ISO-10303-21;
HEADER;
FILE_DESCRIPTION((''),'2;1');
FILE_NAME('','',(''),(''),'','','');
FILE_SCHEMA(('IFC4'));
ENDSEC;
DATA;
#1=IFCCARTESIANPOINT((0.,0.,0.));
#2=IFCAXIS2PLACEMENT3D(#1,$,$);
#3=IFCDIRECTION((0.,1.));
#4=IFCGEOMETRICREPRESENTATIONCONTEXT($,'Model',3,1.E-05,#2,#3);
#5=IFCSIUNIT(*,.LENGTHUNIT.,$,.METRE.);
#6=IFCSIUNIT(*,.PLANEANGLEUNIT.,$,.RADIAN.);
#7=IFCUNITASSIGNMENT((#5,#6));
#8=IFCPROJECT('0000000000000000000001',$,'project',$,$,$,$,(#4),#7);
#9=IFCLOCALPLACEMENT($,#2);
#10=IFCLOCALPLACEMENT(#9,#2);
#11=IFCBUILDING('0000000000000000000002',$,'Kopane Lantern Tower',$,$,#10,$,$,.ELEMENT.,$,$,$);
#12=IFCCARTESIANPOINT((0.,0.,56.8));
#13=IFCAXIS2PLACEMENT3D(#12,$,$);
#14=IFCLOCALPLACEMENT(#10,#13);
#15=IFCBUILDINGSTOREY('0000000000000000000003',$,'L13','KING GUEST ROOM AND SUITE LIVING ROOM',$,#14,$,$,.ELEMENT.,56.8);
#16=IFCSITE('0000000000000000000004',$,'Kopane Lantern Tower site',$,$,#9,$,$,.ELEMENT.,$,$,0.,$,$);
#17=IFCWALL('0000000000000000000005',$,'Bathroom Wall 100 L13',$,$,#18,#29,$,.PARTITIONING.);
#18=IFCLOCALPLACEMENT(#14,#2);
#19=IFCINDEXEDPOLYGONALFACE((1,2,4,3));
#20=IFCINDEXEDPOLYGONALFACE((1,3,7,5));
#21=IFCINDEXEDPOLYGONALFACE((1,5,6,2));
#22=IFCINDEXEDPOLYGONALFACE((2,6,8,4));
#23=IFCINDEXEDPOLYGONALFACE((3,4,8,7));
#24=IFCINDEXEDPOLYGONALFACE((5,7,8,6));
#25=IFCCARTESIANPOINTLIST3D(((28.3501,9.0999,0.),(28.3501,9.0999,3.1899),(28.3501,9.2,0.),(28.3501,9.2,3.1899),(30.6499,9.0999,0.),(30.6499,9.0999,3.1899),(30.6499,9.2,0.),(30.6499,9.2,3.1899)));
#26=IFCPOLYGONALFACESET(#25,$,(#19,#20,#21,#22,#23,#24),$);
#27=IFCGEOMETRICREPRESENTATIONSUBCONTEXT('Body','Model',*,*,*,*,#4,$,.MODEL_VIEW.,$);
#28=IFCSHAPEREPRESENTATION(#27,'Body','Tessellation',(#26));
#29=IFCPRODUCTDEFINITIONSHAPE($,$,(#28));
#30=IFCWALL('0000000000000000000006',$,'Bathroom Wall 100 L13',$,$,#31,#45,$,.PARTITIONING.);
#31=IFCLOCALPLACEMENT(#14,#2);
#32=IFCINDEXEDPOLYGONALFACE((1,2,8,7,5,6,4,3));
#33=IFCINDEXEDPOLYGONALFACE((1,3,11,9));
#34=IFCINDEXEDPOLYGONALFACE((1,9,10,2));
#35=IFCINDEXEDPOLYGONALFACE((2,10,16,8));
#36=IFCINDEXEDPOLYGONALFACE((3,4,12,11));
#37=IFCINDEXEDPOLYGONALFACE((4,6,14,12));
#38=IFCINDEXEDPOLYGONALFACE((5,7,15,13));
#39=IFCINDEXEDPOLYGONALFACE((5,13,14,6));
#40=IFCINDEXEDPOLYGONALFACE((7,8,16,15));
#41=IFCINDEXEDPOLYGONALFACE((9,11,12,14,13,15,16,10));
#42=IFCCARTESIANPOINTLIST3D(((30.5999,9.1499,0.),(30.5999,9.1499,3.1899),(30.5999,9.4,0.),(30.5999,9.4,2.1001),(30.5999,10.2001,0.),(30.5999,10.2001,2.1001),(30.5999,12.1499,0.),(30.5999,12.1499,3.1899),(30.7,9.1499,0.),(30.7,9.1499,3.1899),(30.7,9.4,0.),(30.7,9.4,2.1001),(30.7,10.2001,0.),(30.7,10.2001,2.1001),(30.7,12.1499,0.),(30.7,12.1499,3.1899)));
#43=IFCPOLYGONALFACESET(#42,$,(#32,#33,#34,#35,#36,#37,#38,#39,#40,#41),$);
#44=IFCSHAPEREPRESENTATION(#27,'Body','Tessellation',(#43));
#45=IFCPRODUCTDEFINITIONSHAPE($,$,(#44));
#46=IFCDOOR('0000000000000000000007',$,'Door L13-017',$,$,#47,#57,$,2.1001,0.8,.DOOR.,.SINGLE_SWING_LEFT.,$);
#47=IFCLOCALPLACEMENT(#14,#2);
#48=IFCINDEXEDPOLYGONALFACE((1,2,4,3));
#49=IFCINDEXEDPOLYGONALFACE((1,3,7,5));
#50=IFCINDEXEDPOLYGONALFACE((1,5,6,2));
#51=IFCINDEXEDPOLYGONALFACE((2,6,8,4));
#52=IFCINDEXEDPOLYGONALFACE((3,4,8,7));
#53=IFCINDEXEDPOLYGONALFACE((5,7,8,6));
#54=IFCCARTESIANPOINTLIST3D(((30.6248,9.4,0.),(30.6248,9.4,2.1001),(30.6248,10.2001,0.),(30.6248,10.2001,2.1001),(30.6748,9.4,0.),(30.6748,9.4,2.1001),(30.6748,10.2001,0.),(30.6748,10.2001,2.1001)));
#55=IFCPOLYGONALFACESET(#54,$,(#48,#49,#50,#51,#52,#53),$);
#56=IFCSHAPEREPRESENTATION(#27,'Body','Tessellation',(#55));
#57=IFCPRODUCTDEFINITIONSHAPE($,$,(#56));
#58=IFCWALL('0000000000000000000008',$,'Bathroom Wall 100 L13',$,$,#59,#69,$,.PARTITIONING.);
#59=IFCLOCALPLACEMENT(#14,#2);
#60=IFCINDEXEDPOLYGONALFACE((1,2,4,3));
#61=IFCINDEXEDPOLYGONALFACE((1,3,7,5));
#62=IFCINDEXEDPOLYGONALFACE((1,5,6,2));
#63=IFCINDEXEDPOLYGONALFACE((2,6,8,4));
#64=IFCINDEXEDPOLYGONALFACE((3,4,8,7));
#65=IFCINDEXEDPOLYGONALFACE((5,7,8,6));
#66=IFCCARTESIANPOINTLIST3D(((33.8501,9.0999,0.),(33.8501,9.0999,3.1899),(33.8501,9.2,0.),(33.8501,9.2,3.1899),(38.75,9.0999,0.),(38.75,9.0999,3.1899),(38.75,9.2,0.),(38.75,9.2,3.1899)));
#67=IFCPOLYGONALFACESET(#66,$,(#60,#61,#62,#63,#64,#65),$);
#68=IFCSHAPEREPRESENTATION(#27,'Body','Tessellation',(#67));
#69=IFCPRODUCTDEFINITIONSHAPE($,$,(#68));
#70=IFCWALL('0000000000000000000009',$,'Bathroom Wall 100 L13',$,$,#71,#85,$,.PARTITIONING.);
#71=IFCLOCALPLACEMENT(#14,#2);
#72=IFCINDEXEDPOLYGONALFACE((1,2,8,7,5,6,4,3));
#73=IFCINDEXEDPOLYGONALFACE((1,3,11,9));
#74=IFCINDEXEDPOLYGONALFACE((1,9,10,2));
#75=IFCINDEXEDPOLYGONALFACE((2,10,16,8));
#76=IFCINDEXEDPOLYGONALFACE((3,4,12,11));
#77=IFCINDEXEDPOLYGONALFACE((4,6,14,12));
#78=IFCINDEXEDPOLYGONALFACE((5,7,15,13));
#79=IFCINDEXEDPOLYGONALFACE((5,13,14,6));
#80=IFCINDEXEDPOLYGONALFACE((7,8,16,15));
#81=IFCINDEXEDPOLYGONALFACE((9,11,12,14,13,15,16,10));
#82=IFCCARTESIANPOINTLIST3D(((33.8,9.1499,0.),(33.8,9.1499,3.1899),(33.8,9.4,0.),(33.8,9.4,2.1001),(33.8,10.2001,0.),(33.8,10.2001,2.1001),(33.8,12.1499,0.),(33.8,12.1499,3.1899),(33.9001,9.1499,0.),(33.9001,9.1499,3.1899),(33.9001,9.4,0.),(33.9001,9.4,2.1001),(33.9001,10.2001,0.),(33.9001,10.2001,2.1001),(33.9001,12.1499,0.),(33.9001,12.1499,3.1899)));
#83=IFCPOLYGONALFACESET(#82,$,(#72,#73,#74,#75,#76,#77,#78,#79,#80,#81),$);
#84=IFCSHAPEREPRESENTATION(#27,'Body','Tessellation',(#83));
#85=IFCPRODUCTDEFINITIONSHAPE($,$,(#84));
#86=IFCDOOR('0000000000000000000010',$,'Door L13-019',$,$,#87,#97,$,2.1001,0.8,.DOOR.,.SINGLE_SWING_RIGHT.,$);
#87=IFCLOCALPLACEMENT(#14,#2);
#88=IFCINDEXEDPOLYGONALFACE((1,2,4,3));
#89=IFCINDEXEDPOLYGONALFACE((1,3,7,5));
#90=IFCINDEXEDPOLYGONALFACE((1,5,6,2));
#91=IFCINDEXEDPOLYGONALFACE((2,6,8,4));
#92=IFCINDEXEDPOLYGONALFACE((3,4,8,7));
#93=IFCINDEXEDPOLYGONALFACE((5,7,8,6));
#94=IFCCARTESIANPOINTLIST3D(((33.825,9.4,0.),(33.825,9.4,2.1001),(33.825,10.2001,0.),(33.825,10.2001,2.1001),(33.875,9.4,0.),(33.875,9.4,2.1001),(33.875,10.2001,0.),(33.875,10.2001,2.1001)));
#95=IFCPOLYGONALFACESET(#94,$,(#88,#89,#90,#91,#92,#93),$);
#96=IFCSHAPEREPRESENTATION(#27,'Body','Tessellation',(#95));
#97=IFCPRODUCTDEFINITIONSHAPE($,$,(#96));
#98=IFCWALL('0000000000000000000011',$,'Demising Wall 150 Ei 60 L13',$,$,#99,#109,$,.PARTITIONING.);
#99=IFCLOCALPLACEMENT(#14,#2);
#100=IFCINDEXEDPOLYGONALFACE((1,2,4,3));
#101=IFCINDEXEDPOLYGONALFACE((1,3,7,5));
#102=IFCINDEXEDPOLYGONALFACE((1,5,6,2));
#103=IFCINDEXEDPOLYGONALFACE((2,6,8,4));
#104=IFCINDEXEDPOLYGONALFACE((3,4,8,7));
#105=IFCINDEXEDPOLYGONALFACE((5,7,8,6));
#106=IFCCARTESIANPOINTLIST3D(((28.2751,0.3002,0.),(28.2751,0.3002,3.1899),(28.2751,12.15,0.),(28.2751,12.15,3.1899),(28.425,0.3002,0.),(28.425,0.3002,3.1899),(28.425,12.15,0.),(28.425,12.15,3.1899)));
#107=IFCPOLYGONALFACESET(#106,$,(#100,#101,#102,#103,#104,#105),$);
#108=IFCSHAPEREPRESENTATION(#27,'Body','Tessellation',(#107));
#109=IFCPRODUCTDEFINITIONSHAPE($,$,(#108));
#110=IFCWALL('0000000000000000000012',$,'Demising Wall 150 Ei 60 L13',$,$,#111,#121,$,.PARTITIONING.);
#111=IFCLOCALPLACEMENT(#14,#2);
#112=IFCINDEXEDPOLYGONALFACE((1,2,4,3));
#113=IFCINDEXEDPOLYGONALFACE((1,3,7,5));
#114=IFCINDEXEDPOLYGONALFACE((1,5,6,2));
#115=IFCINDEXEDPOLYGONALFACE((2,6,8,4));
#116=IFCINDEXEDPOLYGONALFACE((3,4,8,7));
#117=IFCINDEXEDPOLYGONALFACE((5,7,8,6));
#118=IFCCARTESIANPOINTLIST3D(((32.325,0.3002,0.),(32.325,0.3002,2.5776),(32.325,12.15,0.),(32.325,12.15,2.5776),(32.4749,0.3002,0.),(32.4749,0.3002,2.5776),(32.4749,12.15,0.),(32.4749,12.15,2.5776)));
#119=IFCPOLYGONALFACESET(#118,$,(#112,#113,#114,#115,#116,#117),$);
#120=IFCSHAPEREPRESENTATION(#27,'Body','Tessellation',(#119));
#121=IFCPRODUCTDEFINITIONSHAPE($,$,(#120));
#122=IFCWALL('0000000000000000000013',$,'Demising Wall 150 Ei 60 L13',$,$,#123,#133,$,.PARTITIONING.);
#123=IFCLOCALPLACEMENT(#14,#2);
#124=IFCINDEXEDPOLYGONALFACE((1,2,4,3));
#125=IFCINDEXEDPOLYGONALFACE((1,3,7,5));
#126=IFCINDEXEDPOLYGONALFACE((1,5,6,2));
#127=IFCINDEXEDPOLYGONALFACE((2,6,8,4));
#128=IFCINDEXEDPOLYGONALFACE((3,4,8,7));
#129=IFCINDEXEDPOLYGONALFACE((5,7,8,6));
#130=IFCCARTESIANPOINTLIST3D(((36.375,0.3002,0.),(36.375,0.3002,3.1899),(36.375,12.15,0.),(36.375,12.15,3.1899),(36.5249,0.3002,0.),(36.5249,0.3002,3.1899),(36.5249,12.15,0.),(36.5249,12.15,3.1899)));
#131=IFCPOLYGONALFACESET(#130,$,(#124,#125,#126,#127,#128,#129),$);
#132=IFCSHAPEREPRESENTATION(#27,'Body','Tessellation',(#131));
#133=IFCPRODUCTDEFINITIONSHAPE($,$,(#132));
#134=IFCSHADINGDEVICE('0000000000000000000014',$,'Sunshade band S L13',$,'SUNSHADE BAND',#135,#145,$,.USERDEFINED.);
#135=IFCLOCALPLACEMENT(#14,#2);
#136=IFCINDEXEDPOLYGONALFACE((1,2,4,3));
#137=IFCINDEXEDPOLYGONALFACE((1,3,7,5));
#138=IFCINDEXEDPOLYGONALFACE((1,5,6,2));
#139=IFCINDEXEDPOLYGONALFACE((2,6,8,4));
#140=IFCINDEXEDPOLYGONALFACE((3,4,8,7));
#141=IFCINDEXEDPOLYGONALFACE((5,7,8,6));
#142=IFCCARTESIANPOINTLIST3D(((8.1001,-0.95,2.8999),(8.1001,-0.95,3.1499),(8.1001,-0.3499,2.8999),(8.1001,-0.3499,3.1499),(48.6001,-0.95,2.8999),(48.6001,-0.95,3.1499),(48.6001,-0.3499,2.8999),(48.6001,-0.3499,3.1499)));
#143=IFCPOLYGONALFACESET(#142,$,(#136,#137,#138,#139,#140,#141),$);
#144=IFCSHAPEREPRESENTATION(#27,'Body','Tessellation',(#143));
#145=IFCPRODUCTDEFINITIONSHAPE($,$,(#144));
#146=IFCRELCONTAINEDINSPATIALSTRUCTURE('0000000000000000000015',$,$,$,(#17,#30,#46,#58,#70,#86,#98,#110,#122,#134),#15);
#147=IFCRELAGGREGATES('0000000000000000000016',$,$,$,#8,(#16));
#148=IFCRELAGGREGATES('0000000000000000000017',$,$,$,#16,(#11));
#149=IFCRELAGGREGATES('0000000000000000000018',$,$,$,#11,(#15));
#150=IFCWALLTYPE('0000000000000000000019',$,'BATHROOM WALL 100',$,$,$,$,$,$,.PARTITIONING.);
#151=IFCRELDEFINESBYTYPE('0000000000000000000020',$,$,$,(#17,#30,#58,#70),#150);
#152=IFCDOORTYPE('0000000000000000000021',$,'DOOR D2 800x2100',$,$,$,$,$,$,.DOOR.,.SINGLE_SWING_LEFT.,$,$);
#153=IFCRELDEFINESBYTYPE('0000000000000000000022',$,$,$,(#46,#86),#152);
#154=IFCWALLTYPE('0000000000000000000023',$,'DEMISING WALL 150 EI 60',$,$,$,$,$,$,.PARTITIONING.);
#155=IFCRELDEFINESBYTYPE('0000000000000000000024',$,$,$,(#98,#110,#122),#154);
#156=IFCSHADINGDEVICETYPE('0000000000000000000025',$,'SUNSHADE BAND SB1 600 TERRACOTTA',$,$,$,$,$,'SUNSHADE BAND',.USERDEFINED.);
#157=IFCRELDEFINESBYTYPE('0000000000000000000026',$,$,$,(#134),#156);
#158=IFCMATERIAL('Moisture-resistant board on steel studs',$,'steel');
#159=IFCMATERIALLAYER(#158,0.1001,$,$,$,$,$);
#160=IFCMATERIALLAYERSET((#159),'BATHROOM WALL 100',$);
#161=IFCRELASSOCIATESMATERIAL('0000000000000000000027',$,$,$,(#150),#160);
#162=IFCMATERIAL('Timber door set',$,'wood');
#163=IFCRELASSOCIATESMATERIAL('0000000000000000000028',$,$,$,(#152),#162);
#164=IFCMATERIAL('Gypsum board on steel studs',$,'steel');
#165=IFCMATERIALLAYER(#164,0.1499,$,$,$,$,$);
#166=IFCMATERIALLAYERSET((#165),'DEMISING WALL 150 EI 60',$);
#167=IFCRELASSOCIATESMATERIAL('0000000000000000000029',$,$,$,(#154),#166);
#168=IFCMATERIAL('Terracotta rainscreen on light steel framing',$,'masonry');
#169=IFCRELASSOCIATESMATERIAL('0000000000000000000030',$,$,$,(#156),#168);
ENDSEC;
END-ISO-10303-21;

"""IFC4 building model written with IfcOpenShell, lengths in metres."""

from ifc_helpers import new_model, si_unit, direction, frame, frame_2d, origin, origin_2d, place, context, subcontext, project, spatial, rectangle, extrude, material, layer, layer_set, type_object, element, fill, save


model = new_model("IFC4")

# Units and contexts
model_context = context("Model", 3, precision=1e-05, world=origin(), true_north=direction((0.0, 1.0)))
body_context = subcontext(model_context, "Body", "Model", "MODEL_VIEW")
ifc_project = project(units=[si_unit("LENGTHUNIT", "METRE"), si_unit("PLANEANGLEUNIT", "RADIAN")], contexts=[model_context])

# Site, building, storey
site_placement = place(None, origin())
site = spatial("IfcSite", under=ifc_project, at=site_placement, Name="Kopane Lantern Tower site", CompositionType="ELEMENT", RefElevation=0.0)
building_placement = place(site_placement, origin())
building = spatial("IfcBuilding", under=site, at=building_placement, Name="Kopane Lantern Tower", CompositionType="ELEMENT")
storey_placement = place(building_placement, frame((0.0, 0.0, 56.8)))
storey = spatial("IfcBuildingStorey", under=building, at=storey_placement, Name="L13", Description="KING GUEST ROOM AND SUITE LIVING ROOM", CompositionType="ELEMENT", Elevation=56.8)

# Shared definitions
ifc_material_1 = material(Name="Moisture-resistant board on steel studs", Category="steel")
ifc_layer_1 = layer(ifc_material_1, 0.1001)
ifc_layer_set_1 = layer_set([ifc_layer_1], Name="BATHROOM WALL 100")
wall_type_1 = type_object("IfcWallType", Name="BATHROOM WALL 100", PredefinedType="PARTITIONING", material=ifc_layer_set_1)
ifc_material_2 = material(Name="Timber door set", Category="wood")
door_type_1 = type_object("IfcDoorType", Name="DOOR D2 800x2100", OperationType="SINGLE_SWING_LEFT", PredefinedType="DOOR", material=ifc_material_2)

# Wall
wall_1_placement = place(storey_placement, frame((28.3501, 9.1499, 0.0), z_axis=(0.0, 0.0, 1.0), x_axis=(1.0, 0.0, 0.0)))
element("IfcWall", 1, at=wall_1_placement, inside=storey, type_object=wall_type_1, Name="Bathroom Wall 100 L13", PredefinedType="PARTITIONING", context=body_context, shape_type="SweptSolid", body=[
    extrude(rectangle(XDim=2.2998, YDim=0.1001, at=frame_2d((1.1499, 0.0))), origin(), (0.0, 0.0, 1.0), 3.1899),
])

# Wall, opening, door
wall_2_placement = place(storey_placement, frame((30.6499, 12.1499, 0.0), z_axis=(0.0, 0.0, 1.0), x_axis=(0.0, -1.0, 0.0)))
wall_2 = element("IfcWall", 2, at=wall_2_placement, inside=storey, type_object=wall_type_1, Name="Bathroom Wall 100 L13", PredefinedType="PARTITIONING", context=body_context, shape_type="SweptSolid", body=[
    extrude(rectangle(XDim=3.0, YDim=0.1001, at=frame_2d((1.5, 0.0))), origin(), (0.0, 0.0, 1.0), 3.1899),
])
opening_1_placement = place(wall_2_placement, frame((1.95, 0.0, 0.0)))
opening_1 = element("IfcOpeningElement", 3, at=opening_1_placement, cuts=wall_2, PredefinedType="OPENING", context=body_context, shape_type="SweptSolid", body=[
    extrude(rectangle(XDim=0.8, YDim=2.1001, at=frame_2d((0.3999, 1.05))), frame((0.0, 0.0601, 0.0), z_axis=(0.0, -1.0, 0.0), x_axis=(1.0, 0.0, 0.0)), (0.0, 0.0, 1.0), 0.1201),
])
door_1_placement = place(opening_1_placement, origin())
door_1 = element("IfcDoor", 4, at=door_1_placement, inside=storey, type_object=door_type_1, Name="Door L13-017", OperationType="SINGLE_SWING_LEFT", OverallHeight=2.1001, OverallWidth=0.8, PredefinedType="DOOR", context=body_context, shape_type="SweptSolid", body=[
    extrude(rectangle(XDim=0.8, YDim=2.1001, at=frame_2d((0.3999, 1.05))), frame((0.0, 0.0249, 0.0), z_axis=(0.0, -1.0, 0.0), x_axis=(1.0, 0.0, 0.0)), (0.0, 0.0, 1.0), 0.05),
])
fill(opening_1, door_1)

# Wall
wall_3_placement = place(storey_placement, frame((33.8501, 9.1499, 0.0), z_axis=(0.0, 0.0, 1.0), x_axis=(1.0, 0.0, 0.0)))
element("IfcWall", 5, at=wall_3_placement, inside=storey, type_object=wall_type_1, Name="Bathroom Wall 100 L13", PredefinedType="PARTITIONING", context=body_context, shape_type="SweptSolid", body=[
    extrude(rectangle(XDim=4.8999, YDim=0.1001, at=frame_2d((2.45, 0.0))), origin(), (0.0, 0.0, 1.0), 3.1899),
])

# Wall, opening, door
wall_4_placement = place(storey_placement, frame((33.8501, 12.1499, 0.0), z_axis=(0.0, 0.0, 1.0), x_axis=(0.0, -1.0, 0.0)))
wall_4 = element("IfcWall", 6, at=wall_4_placement, inside=storey, type_object=wall_type_1, Name="Bathroom Wall 100 L13", PredefinedType="PARTITIONING", context=body_context, shape_type="SweptSolid", body=[
    extrude(rectangle(XDim=3.0, YDim=0.1001, at=frame_2d((1.5, 0.0))), origin(), (0.0, 0.0, 1.0), 3.1899),
])
opening_2_placement = place(wall_4_placement, frame((1.95, 0.0, 0.0)))
opening_2 = element("IfcOpeningElement", 7, at=opening_2_placement, cuts=wall_4, PredefinedType="OPENING", context=body_context, shape_type="SweptSolid", body=[
    extrude(rectangle(XDim=0.8, YDim=2.1001, at=frame_2d((0.3999, 1.05))), frame((0.0, 0.0601, 0.0), z_axis=(0.0, -1.0, 0.0), x_axis=(1.0, 0.0, 0.0)), (0.0, 0.0, 1.0), 0.1201),
])
door_2_placement = place(opening_2_placement, origin())
door_2 = element("IfcDoor", 8, at=door_2_placement, inside=storey, type_object=door_type_1, Name="Door L13-019", OperationType="SINGLE_SWING_RIGHT", OverallHeight=2.1001, OverallWidth=0.8, PredefinedType="DOOR", context=body_context, shape_type="SweptSolid", body=[
    extrude(rectangle(XDim=0.8, YDim=2.1001, at=frame_2d((0.3999, 1.05))), frame((0.0, 0.0249, 0.0), z_axis=(0.0, -1.0, 0.0), x_axis=(1.0, 0.0, 0.0)), (0.0, 0.0, 1.0), 0.05),
])
fill(opening_2, door_2)

# Walls
ifc_material_3 = material(Name="Gypsum board on steel studs", Category="steel")
ifc_layer_2 = layer(ifc_material_3, 0.1499)
ifc_layer_set_2 = layer_set([ifc_layer_2], Name="DEMISING WALL 150 EI 60")
wall_type_2 = type_object("IfcWallType", Name="DEMISING WALL 150 EI 60", PredefinedType="PARTITIONING", material=ifc_layer_set_2)
wall_5_placement = place(storey_placement, frame((28.3501, 12.1499, 0.0), z_axis=(0.0, 0.0, 1.0), x_axis=(0.0, -1.0, 0.0)))
element("IfcWall", 9, at=wall_5_placement, inside=storey, type_object=wall_type_2, Name="Demising Wall 150 Ei 60 L13", PredefinedType="PARTITIONING", context=body_context, shape_type="SweptSolid", body=[
    extrude(rectangle(XDim=11.8499, YDim=0.1499, at=frame_2d((5.9248, 0.0))), origin(), (0.0, 0.0, 1.0), 3.1899),
])
wall_6_placement = place(storey_placement, frame((32.3999, 12.1499, 0.0), z_axis=(0.0, 0.0, 1.0), x_axis=(0.0, -1.0, 0.0)))
element("IfcWall", 10, at=wall_6_placement, inside=storey, type_object=wall_type_2, Name="Demising Wall 150 Ei 60 L13", PredefinedType="PARTITIONING", context=body_context, shape_type="SweptSolid", body=[
    extrude(rectangle(XDim=11.8499, YDim=0.1499, at=frame_2d((5.9248, 0.0))), origin(), (0.0, 0.0, 1.0), 2.5776),
])
wall_7_placement = place(storey_placement, frame((36.45, 12.1499, 0.0), z_axis=(0.0, 0.0, 1.0), x_axis=(0.0, -1.0, 0.0)))
element("IfcWall", 11, at=wall_7_placement, inside=storey, type_object=wall_type_2, Name="Demising Wall 150 Ei 60 L13", PredefinedType="PARTITIONING", context=body_context, shape_type="SweptSolid", body=[
    extrude(rectangle(XDim=11.8499, YDim=0.1499, at=frame_2d((5.9248, 0.0))), origin(), (0.0, 0.0, 1.0), 3.1899),
])

# Shading device
ifc_material_4 = material(Name="Terracotta rainscreen on light steel framing", Category="masonry")
shading_device_type = type_object("IfcShadingDeviceType", Name="SUNSHADE BAND SB1 600 TERRACOTTA", ElementType="SUNSHADE BAND", PredefinedType="USERDEFINED", material=ifc_material_4)
shading_device_placement = place(storey_placement, frame((28.3501, -0.6499, 2.8999), z_axis=(0.0, 0.0, 1.0), x_axis=(1.0, 0.0, 0.0)))
element("IfcShadingDevice", 12, at=shading_device_placement, inside=storey, type_object=shading_device_type, Name="Sunshade band S L13", ObjectType="SUNSHADE BAND", PredefinedType="USERDEFINED", context=body_context, shape_type="SweptSolid", body=[
    extrude(rectangle(XDim=40.5, YDim=0.6001, at=origin_2d()), origin(), (0.0, 0.0, 1.0), 0.25),
])

save(model, "model.ifc")
